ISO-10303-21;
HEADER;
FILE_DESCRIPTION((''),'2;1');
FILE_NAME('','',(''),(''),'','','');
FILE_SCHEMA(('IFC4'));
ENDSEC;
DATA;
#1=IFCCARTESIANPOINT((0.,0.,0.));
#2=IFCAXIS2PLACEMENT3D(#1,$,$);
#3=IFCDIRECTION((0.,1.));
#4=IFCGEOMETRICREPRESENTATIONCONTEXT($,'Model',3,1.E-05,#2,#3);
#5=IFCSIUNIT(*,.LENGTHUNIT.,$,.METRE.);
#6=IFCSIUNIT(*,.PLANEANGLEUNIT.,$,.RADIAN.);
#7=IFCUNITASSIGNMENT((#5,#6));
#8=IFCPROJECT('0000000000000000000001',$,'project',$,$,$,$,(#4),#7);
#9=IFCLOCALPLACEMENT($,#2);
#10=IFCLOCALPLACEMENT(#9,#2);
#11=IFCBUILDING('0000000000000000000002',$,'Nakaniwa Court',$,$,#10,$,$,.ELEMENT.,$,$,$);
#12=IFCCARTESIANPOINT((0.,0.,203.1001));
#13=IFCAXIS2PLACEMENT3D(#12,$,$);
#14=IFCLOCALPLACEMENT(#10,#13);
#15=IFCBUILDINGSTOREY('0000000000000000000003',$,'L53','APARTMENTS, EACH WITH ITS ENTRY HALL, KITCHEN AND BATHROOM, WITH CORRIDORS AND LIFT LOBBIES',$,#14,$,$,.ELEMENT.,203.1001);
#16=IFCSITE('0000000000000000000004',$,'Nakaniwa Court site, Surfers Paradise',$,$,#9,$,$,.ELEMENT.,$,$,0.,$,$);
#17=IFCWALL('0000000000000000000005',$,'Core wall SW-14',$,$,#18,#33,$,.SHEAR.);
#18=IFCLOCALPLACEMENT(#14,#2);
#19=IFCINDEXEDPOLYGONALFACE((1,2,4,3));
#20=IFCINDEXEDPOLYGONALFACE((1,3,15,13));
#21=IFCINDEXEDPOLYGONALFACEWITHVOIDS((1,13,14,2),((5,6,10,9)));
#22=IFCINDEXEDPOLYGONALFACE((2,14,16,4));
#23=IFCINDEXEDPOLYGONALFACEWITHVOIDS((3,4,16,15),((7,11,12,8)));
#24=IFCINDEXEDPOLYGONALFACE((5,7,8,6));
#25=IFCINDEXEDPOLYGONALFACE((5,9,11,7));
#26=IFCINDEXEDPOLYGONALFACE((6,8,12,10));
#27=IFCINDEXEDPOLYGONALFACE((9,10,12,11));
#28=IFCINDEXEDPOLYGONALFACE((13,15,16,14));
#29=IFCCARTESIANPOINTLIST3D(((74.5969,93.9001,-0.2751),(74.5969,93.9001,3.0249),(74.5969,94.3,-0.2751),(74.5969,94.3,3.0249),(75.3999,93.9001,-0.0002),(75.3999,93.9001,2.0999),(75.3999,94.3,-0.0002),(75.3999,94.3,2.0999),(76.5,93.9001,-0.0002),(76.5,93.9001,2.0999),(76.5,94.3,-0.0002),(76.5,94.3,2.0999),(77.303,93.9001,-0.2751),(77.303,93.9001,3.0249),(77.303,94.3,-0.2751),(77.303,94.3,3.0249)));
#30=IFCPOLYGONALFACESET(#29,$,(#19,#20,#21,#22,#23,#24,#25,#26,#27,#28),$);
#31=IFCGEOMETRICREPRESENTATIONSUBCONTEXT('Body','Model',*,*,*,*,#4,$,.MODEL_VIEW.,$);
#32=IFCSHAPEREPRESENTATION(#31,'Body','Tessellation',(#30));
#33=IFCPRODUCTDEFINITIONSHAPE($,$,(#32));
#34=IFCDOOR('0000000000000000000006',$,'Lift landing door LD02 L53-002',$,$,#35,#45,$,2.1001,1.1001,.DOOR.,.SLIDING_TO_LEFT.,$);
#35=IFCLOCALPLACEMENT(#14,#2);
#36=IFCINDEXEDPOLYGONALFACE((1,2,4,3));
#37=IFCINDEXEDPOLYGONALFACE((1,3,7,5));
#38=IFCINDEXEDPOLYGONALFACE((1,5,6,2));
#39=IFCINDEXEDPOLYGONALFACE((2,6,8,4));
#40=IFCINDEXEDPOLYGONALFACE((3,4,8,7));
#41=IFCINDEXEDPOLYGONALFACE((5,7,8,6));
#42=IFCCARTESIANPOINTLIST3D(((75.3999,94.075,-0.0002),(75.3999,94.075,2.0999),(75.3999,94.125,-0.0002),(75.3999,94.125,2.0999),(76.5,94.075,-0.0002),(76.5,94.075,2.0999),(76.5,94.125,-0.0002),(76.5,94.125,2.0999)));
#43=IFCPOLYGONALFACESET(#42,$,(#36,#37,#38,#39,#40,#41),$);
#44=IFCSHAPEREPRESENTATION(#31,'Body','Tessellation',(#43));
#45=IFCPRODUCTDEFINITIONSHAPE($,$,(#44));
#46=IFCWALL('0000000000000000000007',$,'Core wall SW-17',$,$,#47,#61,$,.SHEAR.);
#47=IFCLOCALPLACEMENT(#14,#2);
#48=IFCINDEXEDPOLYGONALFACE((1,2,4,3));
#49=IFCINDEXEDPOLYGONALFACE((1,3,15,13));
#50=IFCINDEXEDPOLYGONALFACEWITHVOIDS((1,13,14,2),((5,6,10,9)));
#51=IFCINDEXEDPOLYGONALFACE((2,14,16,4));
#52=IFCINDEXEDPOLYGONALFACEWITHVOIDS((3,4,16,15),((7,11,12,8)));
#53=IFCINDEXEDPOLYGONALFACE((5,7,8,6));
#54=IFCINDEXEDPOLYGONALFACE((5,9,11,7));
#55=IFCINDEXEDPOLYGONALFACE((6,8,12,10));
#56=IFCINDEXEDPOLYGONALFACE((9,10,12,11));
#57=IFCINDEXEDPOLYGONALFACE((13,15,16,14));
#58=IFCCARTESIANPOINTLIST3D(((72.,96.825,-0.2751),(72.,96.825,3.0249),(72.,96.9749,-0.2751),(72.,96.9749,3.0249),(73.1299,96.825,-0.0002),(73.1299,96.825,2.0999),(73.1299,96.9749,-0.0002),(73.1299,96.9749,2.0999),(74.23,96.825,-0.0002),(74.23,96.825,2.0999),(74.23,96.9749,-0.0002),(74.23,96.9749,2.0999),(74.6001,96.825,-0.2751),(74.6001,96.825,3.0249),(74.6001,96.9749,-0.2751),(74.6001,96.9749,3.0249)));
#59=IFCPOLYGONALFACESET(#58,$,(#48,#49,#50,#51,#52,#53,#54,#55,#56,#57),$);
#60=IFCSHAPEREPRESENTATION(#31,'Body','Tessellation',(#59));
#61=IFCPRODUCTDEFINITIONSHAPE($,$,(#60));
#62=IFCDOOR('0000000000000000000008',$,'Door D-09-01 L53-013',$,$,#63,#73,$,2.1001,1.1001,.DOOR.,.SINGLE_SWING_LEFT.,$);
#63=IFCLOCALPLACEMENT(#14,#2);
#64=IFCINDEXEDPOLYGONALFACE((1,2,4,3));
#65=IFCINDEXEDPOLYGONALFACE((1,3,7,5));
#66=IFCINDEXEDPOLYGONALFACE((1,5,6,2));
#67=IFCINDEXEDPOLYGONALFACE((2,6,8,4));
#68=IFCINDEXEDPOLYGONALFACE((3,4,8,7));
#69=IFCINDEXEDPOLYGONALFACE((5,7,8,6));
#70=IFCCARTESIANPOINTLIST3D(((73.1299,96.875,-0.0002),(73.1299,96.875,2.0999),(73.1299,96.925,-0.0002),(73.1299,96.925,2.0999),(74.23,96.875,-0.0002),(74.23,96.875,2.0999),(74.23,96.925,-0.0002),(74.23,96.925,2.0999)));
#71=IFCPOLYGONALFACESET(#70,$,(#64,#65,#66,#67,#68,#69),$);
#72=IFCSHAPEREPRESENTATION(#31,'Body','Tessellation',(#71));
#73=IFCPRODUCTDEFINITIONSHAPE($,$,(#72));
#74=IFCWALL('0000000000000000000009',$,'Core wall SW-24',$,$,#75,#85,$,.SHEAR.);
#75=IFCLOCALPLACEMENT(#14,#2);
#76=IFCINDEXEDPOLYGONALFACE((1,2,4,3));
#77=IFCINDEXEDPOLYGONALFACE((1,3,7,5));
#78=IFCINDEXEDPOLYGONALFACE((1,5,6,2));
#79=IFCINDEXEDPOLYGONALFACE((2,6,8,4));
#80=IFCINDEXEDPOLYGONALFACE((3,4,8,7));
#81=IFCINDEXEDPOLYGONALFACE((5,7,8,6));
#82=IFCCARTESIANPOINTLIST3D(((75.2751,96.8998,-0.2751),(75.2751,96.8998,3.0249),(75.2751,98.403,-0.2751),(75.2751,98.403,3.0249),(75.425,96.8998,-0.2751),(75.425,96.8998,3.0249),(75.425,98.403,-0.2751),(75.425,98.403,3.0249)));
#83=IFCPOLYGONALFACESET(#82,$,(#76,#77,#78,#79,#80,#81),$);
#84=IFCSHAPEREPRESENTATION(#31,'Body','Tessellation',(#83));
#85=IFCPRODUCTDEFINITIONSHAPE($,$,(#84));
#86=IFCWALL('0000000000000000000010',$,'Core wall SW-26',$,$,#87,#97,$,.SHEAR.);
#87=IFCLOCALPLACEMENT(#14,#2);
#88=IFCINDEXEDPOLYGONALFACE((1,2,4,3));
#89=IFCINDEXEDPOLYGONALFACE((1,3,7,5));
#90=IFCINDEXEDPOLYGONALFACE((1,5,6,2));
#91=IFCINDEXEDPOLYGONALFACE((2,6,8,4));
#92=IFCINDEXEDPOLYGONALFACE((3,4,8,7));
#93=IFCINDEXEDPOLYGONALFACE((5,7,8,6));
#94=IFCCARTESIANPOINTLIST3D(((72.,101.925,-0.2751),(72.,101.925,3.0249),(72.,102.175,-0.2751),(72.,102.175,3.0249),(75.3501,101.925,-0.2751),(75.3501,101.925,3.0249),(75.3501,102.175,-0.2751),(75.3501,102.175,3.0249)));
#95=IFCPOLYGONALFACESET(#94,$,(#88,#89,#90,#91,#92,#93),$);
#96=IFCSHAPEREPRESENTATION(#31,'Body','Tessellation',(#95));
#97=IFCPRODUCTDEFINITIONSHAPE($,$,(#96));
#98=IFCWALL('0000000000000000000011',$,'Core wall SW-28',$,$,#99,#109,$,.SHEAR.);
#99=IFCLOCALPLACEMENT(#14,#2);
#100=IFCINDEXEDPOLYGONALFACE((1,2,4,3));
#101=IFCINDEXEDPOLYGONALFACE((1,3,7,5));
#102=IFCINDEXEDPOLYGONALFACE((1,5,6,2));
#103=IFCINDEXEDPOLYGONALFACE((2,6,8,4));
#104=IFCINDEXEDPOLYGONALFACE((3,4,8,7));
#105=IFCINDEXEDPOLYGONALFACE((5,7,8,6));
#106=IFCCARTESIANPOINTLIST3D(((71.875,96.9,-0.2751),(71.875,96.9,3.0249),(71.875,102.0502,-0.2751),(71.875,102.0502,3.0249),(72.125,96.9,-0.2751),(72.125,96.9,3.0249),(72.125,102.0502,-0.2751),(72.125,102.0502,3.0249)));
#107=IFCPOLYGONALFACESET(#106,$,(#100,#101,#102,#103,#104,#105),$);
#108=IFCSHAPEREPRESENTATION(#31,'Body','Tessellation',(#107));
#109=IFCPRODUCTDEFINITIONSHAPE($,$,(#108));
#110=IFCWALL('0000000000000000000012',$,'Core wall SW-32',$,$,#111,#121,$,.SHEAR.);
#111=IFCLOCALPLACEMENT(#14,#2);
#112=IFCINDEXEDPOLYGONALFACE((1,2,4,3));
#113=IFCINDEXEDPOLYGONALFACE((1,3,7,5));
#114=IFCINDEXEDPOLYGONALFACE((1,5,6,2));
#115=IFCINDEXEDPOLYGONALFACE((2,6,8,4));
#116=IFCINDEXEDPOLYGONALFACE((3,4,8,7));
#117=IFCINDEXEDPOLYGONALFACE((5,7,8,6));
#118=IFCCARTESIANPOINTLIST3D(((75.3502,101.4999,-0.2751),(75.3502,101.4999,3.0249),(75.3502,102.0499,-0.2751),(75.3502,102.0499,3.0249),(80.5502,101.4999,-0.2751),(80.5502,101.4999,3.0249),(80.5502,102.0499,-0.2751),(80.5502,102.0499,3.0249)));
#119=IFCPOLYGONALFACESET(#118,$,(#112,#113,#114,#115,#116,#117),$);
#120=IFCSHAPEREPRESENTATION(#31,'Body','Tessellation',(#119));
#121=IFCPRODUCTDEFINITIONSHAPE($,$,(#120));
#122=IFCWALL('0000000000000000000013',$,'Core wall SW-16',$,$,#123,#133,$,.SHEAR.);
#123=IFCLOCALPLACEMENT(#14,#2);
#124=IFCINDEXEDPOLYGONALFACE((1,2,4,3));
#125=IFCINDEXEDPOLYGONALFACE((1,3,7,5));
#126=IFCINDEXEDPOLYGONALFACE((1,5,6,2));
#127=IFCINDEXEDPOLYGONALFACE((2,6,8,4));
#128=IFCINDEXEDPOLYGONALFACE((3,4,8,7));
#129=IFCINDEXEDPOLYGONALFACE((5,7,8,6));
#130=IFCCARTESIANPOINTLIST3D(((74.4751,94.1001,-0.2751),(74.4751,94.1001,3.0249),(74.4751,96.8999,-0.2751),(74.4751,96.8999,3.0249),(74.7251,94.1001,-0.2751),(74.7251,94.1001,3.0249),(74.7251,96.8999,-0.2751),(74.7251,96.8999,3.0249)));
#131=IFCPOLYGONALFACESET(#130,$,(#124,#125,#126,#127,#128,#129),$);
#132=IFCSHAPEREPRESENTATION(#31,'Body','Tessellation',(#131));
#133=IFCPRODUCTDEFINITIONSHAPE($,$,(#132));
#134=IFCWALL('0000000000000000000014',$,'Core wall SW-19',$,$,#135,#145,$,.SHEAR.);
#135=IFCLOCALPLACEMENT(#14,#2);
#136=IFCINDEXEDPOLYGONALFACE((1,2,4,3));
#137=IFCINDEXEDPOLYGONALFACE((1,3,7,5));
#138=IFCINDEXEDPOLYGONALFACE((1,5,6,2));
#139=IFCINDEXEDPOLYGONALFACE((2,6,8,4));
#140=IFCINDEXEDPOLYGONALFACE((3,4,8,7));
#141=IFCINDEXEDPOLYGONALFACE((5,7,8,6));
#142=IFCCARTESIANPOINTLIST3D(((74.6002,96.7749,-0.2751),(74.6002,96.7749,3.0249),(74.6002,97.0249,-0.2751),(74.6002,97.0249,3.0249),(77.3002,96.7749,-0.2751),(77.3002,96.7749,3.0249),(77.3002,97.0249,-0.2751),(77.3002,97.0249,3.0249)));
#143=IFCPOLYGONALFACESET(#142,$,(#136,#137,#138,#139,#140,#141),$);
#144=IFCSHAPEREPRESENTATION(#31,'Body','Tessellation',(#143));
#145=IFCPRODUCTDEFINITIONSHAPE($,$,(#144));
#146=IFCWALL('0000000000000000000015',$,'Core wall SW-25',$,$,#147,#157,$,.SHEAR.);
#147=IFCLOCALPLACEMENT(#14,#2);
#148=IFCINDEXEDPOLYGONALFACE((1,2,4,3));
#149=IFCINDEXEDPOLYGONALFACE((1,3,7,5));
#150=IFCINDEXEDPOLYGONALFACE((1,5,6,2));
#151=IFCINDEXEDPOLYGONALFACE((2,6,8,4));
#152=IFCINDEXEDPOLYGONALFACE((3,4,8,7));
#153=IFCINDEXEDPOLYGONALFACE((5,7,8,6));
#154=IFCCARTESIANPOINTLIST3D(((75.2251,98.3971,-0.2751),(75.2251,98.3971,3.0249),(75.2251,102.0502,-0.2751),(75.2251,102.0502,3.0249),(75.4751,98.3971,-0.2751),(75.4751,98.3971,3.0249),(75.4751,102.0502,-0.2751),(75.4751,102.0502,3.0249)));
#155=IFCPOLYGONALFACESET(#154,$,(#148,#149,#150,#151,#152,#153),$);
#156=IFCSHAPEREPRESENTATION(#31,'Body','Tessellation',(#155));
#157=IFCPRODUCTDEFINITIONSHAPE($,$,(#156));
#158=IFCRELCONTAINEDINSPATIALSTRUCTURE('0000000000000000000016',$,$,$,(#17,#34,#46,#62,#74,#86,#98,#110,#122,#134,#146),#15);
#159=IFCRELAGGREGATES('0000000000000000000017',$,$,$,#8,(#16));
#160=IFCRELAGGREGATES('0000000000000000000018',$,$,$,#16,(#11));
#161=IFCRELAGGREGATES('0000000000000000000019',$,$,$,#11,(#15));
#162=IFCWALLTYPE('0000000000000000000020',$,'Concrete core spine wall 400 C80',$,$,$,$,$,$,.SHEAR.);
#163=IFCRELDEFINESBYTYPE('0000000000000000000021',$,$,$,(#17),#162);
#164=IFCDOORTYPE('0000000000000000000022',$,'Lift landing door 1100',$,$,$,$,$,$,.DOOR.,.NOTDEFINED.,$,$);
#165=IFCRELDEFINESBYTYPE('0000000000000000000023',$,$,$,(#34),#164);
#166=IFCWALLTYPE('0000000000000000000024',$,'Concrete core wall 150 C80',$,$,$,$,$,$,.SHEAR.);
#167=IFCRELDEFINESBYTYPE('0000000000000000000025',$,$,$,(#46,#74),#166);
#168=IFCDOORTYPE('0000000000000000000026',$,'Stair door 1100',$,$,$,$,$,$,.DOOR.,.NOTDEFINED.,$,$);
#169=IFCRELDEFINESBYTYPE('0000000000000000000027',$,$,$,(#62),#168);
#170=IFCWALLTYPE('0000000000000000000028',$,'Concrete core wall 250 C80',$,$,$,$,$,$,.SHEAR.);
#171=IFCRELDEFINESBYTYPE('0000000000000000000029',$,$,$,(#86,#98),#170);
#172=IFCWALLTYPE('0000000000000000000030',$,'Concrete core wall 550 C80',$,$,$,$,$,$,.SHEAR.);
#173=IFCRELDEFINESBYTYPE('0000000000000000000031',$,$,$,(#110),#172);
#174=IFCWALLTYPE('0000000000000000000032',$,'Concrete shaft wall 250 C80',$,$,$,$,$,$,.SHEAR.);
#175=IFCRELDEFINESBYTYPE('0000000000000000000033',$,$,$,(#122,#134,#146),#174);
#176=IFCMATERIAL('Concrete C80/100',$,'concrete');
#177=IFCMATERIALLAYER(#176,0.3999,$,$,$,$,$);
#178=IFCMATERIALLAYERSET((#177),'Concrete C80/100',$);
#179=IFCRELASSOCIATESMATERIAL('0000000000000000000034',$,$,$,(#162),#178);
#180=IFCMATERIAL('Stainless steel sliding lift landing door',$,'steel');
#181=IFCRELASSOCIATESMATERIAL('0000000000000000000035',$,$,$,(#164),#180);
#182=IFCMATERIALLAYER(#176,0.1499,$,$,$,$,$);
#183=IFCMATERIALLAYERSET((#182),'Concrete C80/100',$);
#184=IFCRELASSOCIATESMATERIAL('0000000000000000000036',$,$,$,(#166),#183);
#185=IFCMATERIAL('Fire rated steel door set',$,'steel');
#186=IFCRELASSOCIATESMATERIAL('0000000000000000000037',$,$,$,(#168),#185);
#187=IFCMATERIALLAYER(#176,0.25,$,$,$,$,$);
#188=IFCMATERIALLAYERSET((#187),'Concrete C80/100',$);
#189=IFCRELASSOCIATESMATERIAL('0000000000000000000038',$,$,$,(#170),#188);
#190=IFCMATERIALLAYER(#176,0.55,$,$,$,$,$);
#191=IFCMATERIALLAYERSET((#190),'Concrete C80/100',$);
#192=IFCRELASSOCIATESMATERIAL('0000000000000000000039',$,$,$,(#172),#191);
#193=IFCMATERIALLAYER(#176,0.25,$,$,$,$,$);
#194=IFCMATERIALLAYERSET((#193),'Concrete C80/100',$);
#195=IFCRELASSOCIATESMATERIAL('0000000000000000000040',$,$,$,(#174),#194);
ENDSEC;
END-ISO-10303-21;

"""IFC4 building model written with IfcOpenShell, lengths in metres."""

from ifc_helpers import new_model, si_unit, direction, frame, frame_2d, origin, place, context, subcontext, project, spatial, rectangle, extrude, material, layer, layer_set, type_object, element, fill, save


model = new_model("IFC4")

# Units and contexts
model_context = context("Model", 3, precision=1e-05, world=origin(), true_north=direction((0.0, 1.0)))
body_context = subcontext(model_context, "Body", "Model", "MODEL_VIEW")
ifc_project = project(units=[si_unit("LENGTHUNIT", "METRE"), si_unit("PLANEANGLEUNIT", "RADIAN")], contexts=[model_context])

# Site, building, storey
site_placement = place(None, origin())
site = spatial("IfcSite", under=ifc_project, at=site_placement, Name="Nakaniwa Court site, Surfers Paradise", CompositionType="ELEMENT", RefElevation=0.0)
building_placement = place(site_placement, origin())
building = spatial("IfcBuilding", under=site, at=building_placement, Name="Nakaniwa Court", CompositionType="ELEMENT")
storey_placement = place(building_placement, frame((0.0, 0.0, 203.1001)))
storey = spatial("IfcBuildingStorey", under=building, at=storey_placement, Name="L53", Description="APARTMENTS, EACH WITH ITS ENTRY HALL, KITCHEN AND BATHROOM, WITH CORRIDORS AND LIFT LOBBIES", CompositionType="ELEMENT", Elevation=203.1001)

# Shared definitions
ifc_material_1 = material(Name="Concrete C80/100", Category="concrete")

# Shared definitions
ifc_material_2 = material(Name="Fire rated steel door set", Category="steel")

# Walls, openings, doors
ifc_layer_1 = layer(ifc_material_1, 0.3999)
ifc_layer_set_1 = layer_set([ifc_layer_1], Name="Concrete C80/100")
wall_type_1 = type_object("IfcWallType", Name="Concrete core spine wall 400 C80", PredefinedType="SHEAR", material=ifc_layer_set_1)
wall_1_placement = place(storey_placement, frame((74.5969, 94.1001, -0.2751), z_axis=(0.0, 0.0, 1.0), x_axis=(1.0, 0.0, 0.0)))
wall_1 = element("IfcWall", 1, at=wall_1_placement, inside=storey, type_object=wall_type_1, Name="Core wall SW-14", PredefinedType="SHEAR", context=body_context, shape_type="SweptSolid", body=[
    extrude(rectangle(XDim=2.7061, YDim=0.3999, at=frame_2d((1.353, 0.0))), origin(), (0.0, 0.0, 1.0), 3.3),
])
opening_1_placement = place(wall_1_placement, frame((0.803, 0.0, 0.2749)))
opening_1 = element("IfcOpeningElement", 2, at=opening_1_placement, cuts=wall_1, PredefinedType="OPENING", context=body_context, shape_type="SweptSolid", body=[
    extrude(rectangle(XDim=1.1001, YDim=2.1001, at=frame_2d((0.55, 1.05))), frame((0.0, 0.21, 0.0), z_axis=(0.0, -1.0, 0.0), x_axis=(1.0, 0.0, 0.0)), (0.0, 0.0, 1.0), 0.4199),
])
ifc_material_3 = material(Name="Stainless steel sliding lift landing door", Category="steel")
door_type_1 = type_object("IfcDoorType", Name="Lift landing door 1100", OperationType="NOTDEFINED", PredefinedType="DOOR", material=ifc_material_3)
door_1_placement = place(opening_1_placement, origin())
door_1 = element("IfcDoor", 3, at=door_1_placement, inside=storey, type_object=door_type_1, Name="Lift landing door LD02 L53-002", OperationType="SLIDING_TO_LEFT", OverallHeight=2.1001, OverallWidth=1.1001, PredefinedType="DOOR", context=body_context, shape_type="SweptSolid", body=[
    extrude(rectangle(XDim=1.1001, YDim=2.1001, at=frame_2d((0.55, 1.05))), frame((0.0, 0.0249, 0.0), z_axis=(0.0, -1.0, 0.0), x_axis=(1.0, 0.0, 0.0)), (0.0, 0.0, 1.0), 0.05),
])
fill(opening_1, door_1)
ifc_layer_2 = layer(ifc_material_1, 0.1499)
ifc_layer_set_2 = layer_set([ifc_layer_2], Name="Concrete C80/100")
wall_type_2 = type_object("IfcWallType", Name="Concrete core wall 150 C80", PredefinedType="SHEAR", material=ifc_layer_set_2)
wall_2_placement = place(storey_placement, frame((74.6001, 96.8999, -0.2751), z_axis=(0.0, 0.0, 1.0), x_axis=(-1.0, 0.0, 0.0)))
wall_2 = element("IfcWall", 4, at=wall_2_placement, inside=storey, type_object=wall_type_2, Name="Core wall SW-17", PredefinedType="SHEAR", context=body_context, shape_type="SweptSolid", body=[
    extrude(rectangle(XDim=2.6001, YDim=0.1499, at=frame_2d((1.3, 0.0))), origin(), (0.0, 0.0, 1.0), 3.3),
])
opening_2_placement = place(wall_2_placement, frame((0.3701, 0.0, 0.2749)))
opening_2 = element("IfcOpeningElement", 5, at=opening_2_placement, cuts=wall_2, PredefinedType="OPENING", context=body_context, shape_type="SweptSolid", body=[
    extrude(rectangle(XDim=1.1001, YDim=2.1001, at=frame_2d((0.55, 1.05))), frame((0.0, 0.085, 0.0), z_axis=(0.0, -1.0, 0.0), x_axis=(1.0, 0.0, 0.0)), (0.0, 0.0, 1.0), 0.1699),
])
door_type_2 = type_object("IfcDoorType", Name="Stair door 1100", OperationType="NOTDEFINED", PredefinedType="DOOR", material=ifc_material_2)
door_2_placement = place(opening_2_placement, origin())
door_2 = element("IfcDoor", 6, at=door_2_placement, inside=storey, type_object=door_type_2, Name="Door D-09-01 L53-013", OperationType="SINGLE_SWING_LEFT", OverallHeight=2.1001, OverallWidth=1.1001, PredefinedType="DOOR", context=body_context, shape_type="SweptSolid", body=[
    extrude(rectangle(XDim=1.1001, YDim=2.1001, at=frame_2d((0.55, 1.05))), frame((0.0, 0.0249, 0.0), z_axis=(0.0, -1.0, 0.0), x_axis=(1.0, 0.0, 0.0)), (0.0, 0.0, 1.0), 0.05),
])
fill(opening_2, door_2)

# Walls
wall_3_placement = place(storey_placement, frame((75.3501, 96.8999, -0.2751), z_axis=(0.0, 0.0, 1.0), x_axis=(0.0, 1.0, 0.0)))
element("IfcWall", 7, at=wall_3_placement, inside=storey, type_object=wall_type_2, Name="Core wall SW-24", PredefinedType="SHEAR", context=body_context, shape_type="SweptSolid", body=[
    extrude(rectangle(XDim=1.5032, YDim=0.1499, at=frame_2d((0.7515, 0.0))), origin(), (0.0, 0.0, 1.0), 3.3),
])
ifc_layer_3 = layer(ifc_material_1, 0.25)
ifc_layer_set_3 = layer_set([ifc_layer_3], Name="Concrete C80/100")
wall_type_3 = type_object("IfcWallType", Name="Concrete core wall 250 C80", PredefinedType="SHEAR", material=ifc_layer_set_3)
wall_4_placement = place(storey_placement, frame((72.0, 102.05, -0.2751), z_axis=(0.0, 0.0, 1.0), x_axis=(1.0, 0.0, 0.0)))
element("IfcWall", 8, at=wall_4_placement, inside=storey, type_object=wall_type_3, Name="Core wall SW-26", PredefinedType="SHEAR", context=body_context, shape_type="SweptSolid", body=[
    extrude(rectangle(XDim=3.3501, YDim=0.25, at=frame_2d((1.675, 0.0))), origin(), (0.0, 0.0, 1.0), 3.3),
])
wall_5_placement = place(storey_placement, frame((72.0, 96.8999, -0.2751), z_axis=(0.0, 0.0, 1.0), x_axis=(0.0, 1.0, 0.0)))
element("IfcWall", 9, at=wall_5_placement, inside=storey, type_object=wall_type_3, Name="Core wall SW-28", PredefinedType="SHEAR", context=body_context, shape_type="SweptSolid", body=[
    extrude(rectangle(XDim=5.1501, YDim=0.25, at=frame_2d((2.5752, 0.0))), origin(), (0.0, 0.0, 1.0), 3.3),
])
ifc_layer_4 = layer(ifc_material_1, 0.55)
ifc_layer_set_4 = layer_set([ifc_layer_4], Name="Concrete C80/100")
wall_type_4 = type_object("IfcWallType", Name="Concrete core wall 550 C80", PredefinedType="SHEAR", material=ifc_layer_set_4)
wall_6_placement = place(storey_placement, frame((75.3501, 101.7749, -0.2751), z_axis=(0.0, 0.0, 1.0), x_axis=(1.0, 0.0, 0.0)))
element("IfcWall", 10, at=wall_6_placement, inside=storey, type_object=wall_type_4, Name="Core wall SW-32", PredefinedType="SHEAR", context=body_context, shape_type="SweptSolid", body=[
    extrude(rectangle(XDim=5.2, YDim=0.55, at=frame_2d((2.6001, 0.0))), origin(), (0.0, 0.0, 1.0), 3.3),
])
ifc_layer_5 = layer(ifc_material_1, 0.25)
ifc_layer_set_5 = layer_set([ifc_layer_5], Name="Concrete C80/100")
wall_type_5 = type_object("IfcWallType", Name="Concrete shaft wall 250 C80", PredefinedType="SHEAR", material=ifc_layer_set_5)
wall_7_placement = place(storey_placement, frame((74.6001, 94.1001, -0.2751), z_axis=(0.0, 0.0, 1.0), x_axis=(0.0, 1.0, 0.0)))
element("IfcWall", 11, at=wall_7_placement, inside=storey, type_object=wall_type_5, Name="Core wall SW-16", PredefinedType="SHEAR", context=body_context, shape_type="SweptSolid", body=[
    extrude(rectangle(XDim=2.7998, YDim=0.25, at=frame_2d((1.3999, 0.0))), origin(), (0.0, 0.0, 1.0), 3.3),
])
wall_8_placement = place(storey_placement, frame((74.6001, 96.8999, -0.2751), z_axis=(0.0, 0.0, 1.0), x_axis=(1.0, 0.0, 0.0)))
element("IfcWall", 12, at=wall_8_placement, inside=storey, type_object=wall_type_5, Name="Core wall SW-19", PredefinedType="SHEAR", context=body_context, shape_type="SweptSolid", body=[
    extrude(rectangle(XDim=2.7, YDim=0.25, at=frame_2d((1.3501, 0.0))), origin(), (0.0, 0.0, 1.0), 3.3),
])
wall_9_placement = place(storey_placement, frame((75.3501, 98.397, -0.2751), z_axis=(0.0, 0.0, 1.0), x_axis=(0.0, 1.0, 0.0)))
element("IfcWall", 13, at=wall_9_placement, inside=storey, type_object=wall_type_5, Name="Core wall SW-25", PredefinedType="SHEAR", context=body_context, shape_type="SweptSolid", body=[
    extrude(rectangle(XDim=3.6531, YDim=0.25, at=frame_2d((1.8267, 0.0))), origin(), (0.0, 0.0, 1.0), 3.3),
])

save(model, "model.ifc")
